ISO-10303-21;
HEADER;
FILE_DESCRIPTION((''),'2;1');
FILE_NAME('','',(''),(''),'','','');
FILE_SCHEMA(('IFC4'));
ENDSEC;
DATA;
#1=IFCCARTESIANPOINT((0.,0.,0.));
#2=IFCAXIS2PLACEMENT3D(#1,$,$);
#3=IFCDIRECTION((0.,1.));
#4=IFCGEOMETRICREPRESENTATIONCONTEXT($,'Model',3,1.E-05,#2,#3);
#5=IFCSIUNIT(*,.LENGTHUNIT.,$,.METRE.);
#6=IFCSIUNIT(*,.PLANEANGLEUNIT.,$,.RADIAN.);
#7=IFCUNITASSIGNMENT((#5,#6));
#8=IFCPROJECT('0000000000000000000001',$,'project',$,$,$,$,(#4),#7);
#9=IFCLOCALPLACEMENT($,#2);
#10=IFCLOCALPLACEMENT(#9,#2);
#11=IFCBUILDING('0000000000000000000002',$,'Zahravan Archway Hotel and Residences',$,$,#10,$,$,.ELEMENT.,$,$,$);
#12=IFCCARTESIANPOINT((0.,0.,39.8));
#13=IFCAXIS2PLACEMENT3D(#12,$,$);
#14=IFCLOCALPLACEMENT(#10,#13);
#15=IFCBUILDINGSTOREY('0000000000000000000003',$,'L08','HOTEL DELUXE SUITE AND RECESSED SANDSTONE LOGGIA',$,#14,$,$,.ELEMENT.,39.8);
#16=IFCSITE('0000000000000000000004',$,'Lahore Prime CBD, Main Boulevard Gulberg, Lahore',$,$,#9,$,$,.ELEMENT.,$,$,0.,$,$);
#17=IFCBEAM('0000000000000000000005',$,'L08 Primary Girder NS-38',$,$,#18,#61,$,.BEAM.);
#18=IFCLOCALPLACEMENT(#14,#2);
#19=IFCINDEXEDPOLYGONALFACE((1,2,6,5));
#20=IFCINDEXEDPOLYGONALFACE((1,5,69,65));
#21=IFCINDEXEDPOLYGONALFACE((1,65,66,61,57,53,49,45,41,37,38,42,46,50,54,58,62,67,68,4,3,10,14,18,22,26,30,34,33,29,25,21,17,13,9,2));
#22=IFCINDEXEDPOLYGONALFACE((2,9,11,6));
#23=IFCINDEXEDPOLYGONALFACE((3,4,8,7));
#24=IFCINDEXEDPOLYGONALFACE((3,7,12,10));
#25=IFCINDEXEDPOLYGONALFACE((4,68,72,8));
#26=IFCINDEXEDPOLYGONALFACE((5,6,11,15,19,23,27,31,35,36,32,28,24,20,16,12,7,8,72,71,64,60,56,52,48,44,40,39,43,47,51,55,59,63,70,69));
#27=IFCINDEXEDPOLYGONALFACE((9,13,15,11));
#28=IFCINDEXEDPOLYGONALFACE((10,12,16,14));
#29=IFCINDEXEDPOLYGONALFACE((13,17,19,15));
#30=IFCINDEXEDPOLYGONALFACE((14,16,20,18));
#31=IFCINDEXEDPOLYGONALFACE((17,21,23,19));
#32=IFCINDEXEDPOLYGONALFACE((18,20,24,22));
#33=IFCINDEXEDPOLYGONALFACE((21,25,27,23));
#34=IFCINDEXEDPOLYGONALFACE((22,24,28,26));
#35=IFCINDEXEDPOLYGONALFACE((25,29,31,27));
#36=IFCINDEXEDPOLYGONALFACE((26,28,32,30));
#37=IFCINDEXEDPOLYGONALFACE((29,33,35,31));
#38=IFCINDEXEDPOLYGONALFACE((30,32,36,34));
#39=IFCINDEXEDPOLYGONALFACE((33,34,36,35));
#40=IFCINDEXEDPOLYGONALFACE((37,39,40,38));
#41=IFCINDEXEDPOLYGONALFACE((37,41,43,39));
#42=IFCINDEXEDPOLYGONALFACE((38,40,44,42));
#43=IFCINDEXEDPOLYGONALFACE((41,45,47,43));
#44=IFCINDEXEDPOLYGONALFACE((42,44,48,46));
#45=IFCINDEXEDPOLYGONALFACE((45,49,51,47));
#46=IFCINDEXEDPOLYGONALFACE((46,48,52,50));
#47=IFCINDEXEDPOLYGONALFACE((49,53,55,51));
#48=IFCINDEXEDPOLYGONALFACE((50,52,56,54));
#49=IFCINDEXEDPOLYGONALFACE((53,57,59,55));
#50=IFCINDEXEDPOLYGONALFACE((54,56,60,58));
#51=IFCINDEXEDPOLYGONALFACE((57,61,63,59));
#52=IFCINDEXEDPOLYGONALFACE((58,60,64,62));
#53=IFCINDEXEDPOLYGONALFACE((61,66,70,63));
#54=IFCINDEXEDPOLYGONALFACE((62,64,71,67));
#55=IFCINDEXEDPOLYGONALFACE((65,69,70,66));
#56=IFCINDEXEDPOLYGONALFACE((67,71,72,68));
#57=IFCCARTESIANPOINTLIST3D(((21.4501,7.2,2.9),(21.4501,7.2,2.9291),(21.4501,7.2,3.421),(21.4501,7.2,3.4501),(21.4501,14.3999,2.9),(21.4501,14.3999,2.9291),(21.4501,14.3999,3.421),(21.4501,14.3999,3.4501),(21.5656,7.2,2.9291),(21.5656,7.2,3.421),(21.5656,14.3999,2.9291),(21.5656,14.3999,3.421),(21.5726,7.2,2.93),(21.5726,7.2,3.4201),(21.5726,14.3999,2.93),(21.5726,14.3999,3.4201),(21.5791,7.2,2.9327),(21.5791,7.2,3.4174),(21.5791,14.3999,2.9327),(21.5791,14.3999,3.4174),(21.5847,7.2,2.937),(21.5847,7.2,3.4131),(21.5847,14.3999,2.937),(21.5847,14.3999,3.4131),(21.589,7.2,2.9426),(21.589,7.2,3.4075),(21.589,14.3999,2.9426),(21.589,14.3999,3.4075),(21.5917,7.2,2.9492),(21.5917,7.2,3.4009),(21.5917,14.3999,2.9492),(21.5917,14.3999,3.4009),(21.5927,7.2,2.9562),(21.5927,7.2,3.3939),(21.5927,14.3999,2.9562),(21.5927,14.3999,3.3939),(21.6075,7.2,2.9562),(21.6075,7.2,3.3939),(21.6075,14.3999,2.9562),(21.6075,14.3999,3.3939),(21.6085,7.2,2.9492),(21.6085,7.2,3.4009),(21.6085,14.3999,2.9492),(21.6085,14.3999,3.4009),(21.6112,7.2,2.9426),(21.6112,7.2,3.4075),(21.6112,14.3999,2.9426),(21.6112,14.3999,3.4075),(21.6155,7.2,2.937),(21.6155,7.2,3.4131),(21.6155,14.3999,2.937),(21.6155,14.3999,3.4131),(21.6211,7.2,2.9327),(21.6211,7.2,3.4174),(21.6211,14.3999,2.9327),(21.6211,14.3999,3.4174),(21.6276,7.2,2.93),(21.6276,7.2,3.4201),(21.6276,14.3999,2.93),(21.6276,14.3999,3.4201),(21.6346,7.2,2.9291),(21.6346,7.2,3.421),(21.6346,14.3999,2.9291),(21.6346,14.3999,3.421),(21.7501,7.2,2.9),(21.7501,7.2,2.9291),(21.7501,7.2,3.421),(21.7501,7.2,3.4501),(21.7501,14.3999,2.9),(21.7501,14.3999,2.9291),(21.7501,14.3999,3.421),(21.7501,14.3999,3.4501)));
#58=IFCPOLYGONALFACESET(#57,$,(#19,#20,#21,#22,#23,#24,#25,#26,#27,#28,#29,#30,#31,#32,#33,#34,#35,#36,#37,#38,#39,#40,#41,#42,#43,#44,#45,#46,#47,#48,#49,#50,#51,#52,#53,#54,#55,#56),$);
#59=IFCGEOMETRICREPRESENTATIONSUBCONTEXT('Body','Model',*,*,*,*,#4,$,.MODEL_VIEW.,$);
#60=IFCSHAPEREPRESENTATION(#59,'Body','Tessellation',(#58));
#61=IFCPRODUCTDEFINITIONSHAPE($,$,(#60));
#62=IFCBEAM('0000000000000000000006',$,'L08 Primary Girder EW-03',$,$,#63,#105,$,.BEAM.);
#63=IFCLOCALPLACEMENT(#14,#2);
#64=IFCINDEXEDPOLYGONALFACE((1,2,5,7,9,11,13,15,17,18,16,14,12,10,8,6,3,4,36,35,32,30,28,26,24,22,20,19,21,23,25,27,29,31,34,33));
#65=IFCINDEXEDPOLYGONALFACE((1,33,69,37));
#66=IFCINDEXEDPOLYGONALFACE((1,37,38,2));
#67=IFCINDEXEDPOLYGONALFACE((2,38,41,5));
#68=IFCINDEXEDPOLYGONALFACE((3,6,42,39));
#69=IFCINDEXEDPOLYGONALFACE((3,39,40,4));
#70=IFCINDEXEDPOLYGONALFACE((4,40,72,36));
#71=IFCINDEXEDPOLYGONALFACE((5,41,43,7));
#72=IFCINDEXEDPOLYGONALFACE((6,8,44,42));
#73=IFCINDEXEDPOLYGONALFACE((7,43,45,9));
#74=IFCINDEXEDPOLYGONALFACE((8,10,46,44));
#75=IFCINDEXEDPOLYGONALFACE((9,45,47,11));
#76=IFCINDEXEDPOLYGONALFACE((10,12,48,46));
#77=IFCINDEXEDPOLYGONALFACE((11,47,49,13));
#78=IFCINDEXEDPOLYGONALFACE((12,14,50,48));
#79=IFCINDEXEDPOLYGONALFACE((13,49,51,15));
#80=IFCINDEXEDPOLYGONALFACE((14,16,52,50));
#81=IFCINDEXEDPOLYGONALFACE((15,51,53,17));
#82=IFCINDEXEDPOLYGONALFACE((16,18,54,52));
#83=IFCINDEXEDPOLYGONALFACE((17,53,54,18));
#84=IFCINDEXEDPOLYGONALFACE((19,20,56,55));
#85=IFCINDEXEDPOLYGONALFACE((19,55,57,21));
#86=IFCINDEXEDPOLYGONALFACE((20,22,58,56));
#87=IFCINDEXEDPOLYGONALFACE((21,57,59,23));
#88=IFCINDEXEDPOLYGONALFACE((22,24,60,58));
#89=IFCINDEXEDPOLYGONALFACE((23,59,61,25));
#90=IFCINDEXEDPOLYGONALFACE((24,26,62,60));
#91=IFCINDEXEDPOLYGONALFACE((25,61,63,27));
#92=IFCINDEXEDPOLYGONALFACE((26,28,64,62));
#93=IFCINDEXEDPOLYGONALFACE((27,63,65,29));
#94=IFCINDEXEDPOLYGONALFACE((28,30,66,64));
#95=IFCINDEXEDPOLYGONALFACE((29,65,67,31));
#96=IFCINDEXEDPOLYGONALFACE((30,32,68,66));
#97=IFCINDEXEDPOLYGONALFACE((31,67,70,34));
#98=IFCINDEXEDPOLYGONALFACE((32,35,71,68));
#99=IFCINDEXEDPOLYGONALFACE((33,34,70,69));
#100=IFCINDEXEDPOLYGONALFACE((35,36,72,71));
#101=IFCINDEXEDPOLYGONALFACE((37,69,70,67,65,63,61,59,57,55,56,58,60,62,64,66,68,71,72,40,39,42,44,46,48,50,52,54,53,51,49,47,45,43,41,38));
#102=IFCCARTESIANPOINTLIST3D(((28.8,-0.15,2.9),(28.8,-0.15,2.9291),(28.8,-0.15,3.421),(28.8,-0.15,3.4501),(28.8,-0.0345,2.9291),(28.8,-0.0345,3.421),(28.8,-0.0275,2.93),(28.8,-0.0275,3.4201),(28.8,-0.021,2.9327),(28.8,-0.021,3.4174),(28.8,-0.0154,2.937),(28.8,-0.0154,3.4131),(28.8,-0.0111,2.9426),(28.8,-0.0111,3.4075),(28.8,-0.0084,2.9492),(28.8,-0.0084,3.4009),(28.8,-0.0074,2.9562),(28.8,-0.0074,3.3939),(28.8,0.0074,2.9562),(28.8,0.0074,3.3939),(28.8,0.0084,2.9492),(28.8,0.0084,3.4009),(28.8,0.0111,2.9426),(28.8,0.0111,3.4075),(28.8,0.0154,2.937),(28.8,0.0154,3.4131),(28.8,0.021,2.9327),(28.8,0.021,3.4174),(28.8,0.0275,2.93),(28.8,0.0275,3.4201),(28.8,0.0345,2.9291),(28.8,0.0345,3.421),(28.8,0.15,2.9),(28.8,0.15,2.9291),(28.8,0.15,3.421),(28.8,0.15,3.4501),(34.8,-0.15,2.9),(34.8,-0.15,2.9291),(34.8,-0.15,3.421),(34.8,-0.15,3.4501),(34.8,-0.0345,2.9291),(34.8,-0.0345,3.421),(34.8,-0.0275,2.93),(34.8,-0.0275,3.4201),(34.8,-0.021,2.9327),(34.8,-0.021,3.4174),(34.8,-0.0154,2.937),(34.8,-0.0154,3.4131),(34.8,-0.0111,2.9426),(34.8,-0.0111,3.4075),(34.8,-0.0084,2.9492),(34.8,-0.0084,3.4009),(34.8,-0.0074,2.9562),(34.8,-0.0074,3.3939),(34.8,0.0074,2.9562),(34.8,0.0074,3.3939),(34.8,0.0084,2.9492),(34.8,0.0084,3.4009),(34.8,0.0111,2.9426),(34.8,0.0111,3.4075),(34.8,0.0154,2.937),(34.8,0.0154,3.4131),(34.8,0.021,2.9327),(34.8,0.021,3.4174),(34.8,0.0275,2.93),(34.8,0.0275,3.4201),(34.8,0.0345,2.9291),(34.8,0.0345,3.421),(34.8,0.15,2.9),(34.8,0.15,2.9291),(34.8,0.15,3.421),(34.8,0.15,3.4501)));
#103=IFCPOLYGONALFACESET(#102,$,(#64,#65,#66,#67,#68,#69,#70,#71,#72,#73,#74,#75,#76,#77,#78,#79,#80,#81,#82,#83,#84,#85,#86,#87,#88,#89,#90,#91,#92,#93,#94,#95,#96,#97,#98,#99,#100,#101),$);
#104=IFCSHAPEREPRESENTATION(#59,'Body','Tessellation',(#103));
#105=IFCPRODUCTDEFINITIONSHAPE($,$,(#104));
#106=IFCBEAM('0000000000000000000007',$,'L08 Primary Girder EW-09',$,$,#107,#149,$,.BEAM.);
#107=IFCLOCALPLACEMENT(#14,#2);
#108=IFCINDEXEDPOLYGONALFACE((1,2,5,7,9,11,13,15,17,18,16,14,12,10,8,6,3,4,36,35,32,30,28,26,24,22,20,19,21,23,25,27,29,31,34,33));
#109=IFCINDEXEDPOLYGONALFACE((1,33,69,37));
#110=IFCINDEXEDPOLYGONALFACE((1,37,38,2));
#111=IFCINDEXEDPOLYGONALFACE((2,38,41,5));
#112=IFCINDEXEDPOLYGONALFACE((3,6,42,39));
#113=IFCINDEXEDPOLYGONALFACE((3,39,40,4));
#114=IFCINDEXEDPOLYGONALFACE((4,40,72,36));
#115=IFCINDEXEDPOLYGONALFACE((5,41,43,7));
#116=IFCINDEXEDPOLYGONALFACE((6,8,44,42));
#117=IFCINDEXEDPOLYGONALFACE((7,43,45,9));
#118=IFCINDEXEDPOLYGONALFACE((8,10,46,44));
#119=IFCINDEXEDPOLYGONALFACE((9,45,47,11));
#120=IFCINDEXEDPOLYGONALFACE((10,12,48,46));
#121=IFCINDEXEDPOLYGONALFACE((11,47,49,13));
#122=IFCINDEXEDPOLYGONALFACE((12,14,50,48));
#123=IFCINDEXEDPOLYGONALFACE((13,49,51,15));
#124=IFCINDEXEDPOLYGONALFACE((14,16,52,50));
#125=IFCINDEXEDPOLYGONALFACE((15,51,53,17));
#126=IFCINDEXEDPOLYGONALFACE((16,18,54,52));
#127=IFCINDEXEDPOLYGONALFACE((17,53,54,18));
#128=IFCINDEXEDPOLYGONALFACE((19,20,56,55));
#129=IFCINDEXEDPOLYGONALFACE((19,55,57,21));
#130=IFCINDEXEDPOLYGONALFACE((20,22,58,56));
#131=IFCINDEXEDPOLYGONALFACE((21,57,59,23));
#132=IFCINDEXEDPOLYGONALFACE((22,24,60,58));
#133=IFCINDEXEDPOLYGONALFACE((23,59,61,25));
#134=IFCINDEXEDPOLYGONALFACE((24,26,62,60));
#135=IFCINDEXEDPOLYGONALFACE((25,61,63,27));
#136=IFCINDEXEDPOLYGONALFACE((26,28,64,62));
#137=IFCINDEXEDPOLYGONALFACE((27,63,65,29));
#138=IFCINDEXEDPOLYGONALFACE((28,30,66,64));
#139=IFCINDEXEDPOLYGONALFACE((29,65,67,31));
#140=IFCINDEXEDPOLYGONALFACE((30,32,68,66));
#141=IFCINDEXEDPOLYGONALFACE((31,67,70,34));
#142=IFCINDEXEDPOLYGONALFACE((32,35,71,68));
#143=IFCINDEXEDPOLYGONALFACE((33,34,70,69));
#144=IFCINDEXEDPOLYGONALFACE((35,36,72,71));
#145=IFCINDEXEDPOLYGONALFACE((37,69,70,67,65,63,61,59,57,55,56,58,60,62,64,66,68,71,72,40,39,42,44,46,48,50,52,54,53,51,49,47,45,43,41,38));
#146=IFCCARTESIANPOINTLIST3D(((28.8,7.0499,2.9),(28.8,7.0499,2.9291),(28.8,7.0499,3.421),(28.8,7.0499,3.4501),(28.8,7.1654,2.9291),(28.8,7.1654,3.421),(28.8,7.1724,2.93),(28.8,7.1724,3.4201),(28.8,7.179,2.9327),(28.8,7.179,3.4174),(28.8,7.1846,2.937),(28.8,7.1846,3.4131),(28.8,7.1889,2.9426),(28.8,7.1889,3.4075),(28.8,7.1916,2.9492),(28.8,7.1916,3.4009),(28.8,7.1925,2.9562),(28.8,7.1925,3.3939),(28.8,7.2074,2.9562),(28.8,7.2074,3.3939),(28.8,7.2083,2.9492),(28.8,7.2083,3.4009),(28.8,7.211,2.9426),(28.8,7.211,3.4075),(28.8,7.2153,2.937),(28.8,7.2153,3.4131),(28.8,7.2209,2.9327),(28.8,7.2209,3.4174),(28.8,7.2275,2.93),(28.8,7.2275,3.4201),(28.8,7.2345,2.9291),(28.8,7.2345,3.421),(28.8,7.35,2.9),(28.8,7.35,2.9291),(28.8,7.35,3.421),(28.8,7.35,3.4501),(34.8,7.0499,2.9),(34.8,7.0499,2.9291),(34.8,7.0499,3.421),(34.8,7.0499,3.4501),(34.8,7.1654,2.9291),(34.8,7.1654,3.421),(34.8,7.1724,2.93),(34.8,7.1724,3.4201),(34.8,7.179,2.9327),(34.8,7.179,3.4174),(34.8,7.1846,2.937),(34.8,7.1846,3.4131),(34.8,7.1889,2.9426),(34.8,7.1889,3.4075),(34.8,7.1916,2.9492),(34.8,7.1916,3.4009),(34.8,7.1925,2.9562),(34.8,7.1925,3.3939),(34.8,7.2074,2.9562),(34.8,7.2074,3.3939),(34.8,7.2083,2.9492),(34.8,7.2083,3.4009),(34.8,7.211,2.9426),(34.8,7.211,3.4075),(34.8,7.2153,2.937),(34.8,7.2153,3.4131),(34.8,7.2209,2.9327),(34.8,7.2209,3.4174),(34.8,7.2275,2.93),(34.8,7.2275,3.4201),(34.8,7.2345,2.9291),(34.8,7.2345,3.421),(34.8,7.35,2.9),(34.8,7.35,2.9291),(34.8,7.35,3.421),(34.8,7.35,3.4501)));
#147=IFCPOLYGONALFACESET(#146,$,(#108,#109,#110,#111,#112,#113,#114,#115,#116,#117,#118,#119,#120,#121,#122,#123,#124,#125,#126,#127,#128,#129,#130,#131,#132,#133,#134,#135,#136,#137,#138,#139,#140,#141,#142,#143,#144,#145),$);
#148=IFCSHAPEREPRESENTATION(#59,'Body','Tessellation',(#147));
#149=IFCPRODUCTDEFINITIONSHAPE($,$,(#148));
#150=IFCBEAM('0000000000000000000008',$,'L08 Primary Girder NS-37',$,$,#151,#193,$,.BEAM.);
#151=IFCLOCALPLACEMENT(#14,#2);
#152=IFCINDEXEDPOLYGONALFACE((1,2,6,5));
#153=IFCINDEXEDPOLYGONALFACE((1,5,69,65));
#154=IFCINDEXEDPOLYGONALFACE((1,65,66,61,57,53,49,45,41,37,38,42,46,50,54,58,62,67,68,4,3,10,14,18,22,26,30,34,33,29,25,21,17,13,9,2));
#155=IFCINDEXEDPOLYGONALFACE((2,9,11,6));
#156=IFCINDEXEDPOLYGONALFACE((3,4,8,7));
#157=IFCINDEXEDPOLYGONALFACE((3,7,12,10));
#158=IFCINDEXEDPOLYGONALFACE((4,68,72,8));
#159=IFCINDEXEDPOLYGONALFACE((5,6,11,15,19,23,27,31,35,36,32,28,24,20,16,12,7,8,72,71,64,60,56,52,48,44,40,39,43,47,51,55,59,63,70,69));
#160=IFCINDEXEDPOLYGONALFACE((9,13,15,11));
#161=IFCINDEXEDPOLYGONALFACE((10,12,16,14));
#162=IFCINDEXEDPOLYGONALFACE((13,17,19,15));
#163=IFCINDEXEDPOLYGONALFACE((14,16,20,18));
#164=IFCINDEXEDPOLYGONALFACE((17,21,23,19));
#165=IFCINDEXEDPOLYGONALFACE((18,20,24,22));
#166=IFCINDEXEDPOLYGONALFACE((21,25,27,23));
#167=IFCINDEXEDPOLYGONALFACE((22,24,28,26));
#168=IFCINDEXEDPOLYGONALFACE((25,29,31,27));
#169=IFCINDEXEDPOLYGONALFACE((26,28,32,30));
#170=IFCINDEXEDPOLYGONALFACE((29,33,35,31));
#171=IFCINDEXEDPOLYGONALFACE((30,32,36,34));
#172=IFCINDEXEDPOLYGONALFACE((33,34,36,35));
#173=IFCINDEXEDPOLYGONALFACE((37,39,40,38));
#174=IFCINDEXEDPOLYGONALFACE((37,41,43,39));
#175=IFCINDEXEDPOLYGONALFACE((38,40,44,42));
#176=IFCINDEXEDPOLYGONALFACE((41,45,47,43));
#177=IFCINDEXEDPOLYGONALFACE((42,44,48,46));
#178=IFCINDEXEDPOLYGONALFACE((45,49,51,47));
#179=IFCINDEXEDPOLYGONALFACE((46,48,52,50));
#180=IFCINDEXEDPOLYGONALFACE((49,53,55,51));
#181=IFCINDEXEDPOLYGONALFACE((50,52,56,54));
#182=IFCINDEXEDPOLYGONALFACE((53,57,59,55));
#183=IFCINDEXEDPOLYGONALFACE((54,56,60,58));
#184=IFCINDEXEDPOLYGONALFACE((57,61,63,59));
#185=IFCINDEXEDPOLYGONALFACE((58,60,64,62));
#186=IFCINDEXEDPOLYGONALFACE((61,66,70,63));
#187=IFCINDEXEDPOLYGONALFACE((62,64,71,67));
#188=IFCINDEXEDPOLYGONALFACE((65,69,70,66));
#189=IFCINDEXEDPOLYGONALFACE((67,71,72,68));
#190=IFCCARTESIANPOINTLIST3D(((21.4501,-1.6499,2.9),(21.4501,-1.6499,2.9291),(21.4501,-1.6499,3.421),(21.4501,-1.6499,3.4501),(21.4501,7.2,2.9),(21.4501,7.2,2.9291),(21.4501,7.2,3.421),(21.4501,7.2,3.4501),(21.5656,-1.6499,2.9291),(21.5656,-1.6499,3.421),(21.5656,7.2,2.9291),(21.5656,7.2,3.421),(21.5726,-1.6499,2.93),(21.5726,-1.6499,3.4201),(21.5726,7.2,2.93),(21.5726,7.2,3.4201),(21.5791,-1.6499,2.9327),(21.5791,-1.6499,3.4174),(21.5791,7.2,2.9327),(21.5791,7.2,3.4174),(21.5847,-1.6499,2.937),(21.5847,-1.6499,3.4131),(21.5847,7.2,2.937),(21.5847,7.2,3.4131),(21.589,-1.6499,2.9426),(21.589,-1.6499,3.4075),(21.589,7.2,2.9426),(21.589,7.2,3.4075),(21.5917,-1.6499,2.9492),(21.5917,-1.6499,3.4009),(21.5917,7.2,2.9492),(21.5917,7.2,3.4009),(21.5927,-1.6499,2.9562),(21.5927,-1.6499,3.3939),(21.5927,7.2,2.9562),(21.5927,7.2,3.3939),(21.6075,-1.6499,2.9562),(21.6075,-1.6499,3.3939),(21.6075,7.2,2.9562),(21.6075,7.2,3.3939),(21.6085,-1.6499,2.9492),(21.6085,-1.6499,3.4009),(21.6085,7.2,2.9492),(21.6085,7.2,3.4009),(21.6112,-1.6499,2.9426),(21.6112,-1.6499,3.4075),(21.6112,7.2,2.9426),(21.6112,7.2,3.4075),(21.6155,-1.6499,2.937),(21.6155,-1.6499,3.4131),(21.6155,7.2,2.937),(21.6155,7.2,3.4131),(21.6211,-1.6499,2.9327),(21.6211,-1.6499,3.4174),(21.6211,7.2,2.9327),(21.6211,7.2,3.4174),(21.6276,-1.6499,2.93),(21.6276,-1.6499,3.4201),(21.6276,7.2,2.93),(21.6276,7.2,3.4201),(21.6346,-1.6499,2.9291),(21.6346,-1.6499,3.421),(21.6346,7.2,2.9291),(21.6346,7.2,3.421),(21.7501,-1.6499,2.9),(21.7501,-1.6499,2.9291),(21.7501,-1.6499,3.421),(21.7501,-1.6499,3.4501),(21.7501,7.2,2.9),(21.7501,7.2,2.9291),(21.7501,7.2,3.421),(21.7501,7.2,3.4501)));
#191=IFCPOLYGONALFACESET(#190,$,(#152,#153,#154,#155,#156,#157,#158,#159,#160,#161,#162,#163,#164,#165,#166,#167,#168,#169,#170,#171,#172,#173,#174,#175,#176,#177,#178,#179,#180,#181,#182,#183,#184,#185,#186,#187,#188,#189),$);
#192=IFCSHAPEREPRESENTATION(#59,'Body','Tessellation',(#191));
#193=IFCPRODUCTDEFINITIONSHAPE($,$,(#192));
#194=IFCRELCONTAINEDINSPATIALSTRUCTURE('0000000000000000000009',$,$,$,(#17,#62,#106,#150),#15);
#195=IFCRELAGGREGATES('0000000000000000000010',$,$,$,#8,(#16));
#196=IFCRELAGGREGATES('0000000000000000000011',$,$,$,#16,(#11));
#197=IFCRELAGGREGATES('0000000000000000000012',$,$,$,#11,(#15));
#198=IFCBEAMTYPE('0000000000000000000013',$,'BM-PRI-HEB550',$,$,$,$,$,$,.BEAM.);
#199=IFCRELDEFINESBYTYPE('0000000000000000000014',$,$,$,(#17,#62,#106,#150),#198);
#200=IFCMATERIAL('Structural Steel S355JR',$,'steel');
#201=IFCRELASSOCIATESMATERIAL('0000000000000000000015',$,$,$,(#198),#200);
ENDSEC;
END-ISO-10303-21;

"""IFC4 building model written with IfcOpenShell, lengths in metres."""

from ifc_helpers import new_model, si_unit, direction, frame, origin, origin_2d, place, context, subcontext, project, spatial, i_section, extrude, source, transform, mapped, material, material_profile, profile_set, type_object, element, save


model = new_model("IFC4")

# Units and contexts
model_context = context("Model", 3, precision=1e-05, world=origin(), true_north=direction((0.0, 1.0)))
body_context = subcontext(model_context, "Body", "Model", "MODEL_VIEW")
ifc_project = project(units=[si_unit("LENGTHUNIT", "METRE"), si_unit("PLANEANGLEUNIT", "RADIAN")], contexts=[model_context])

# Site, building, storey
site_placement = place(None, origin())
site = spatial("IfcSite", under=ifc_project, at=site_placement, Name="Lahore Prime CBD, Main Boulevard Gulberg, Lahore", CompositionType="ELEMENT", RefElevation=0.0)
building_placement = place(site_placement, origin())
building = spatial("IfcBuilding", under=site, at=building_placement, Name="Zahravan Archway Hotel and Residences", CompositionType="ELEMENT")
storey_placement = place(building_placement, frame((0.0, 0.0, 39.8)))
storey = spatial("IfcBuildingStorey", under=building, at=storey_placement, Name="L08", Description="HOTEL DELUXE SUITE AND RECESSED SANDSTONE LOGGIA", CompositionType="ELEMENT", Elevation=39.8)

# Beams
ifc_material_1 = material(Name="Structural Steel S355JR", Category="steel")
ifc_material_profile_1 = material_profile(ifc_material_1, i_section(OverallWidth=0.3, OverallDepth=0.55, WebThickness=0.0149, FlangeThickness=0.0291, FilletRadius=0.0271, at=origin_2d()), Name="HEB 550", Category="steel")
ifc_profile_set_1 = profile_set([ifc_material_profile_1], Name="Structural Steel S355JR")
beam_type_1 = type_object("IfcBeamType", Name="BM-PRI-HEB550", PredefinedType="BEAM", material=ifc_profile_set_1)
shared_shape_1 = source(origin(), body_context, "Body", "SweptSolid", [
    extrude(i_section(OverallWidth=0.3, OverallDepth=0.55, WebThickness=0.0149, FlangeThickness=0.0291, FilletRadius=0.0271, at=origin_2d()), origin(), (0.0, 0.0, 1.0), 7.2),
])
for number, where, z_axis, x_axis, name in (
    (1, (21.6001, 7.2, 3.175), (0.0, 1.0, 0.0), (-1.0, 0.0, 0.0), "L08 Primary Girder NS-38"),
):
    element("IfcBeam", number, at=place(storey_placement, frame(where, z_axis=z_axis, x_axis=x_axis)), inside=storey, type_object=beam_type_1, Name=name, PredefinedType="BEAM", context=body_context, shape_type="MappedRepresentation", body=[
        mapped(shared_shape_1, transform((0.0, 0.0, 0.0), scale=1.0)),
    ])
shared_shape_2 = source(origin(), body_context, "Body", "SweptSolid", [
    extrude(i_section(OverallWidth=0.3, OverallDepth=0.55, WebThickness=0.0149, FlangeThickness=0.0291, FilletRadius=0.0271, at=origin_2d()), origin(), (0.0, 0.0, 1.0), 6.0),
])
for number, where, z_axis, x_axis, name in (
    (2, (28.8, 0.0, 3.175), (1.0, 0.0, 0.0), (0.0, 1.0, 0.0), "L08 Primary Girder EW-03"),
    (3, (28.8, 7.2, 3.175), (1.0, 0.0, 0.0), (0.0, 1.0, 0.0), "L08 Primary Girder EW-09"),
):
    element("IfcBeam", number, at=place(storey_placement, frame(where, z_axis=z_axis, x_axis=x_axis)), inside=storey, type_object=beam_type_1, Name=name, PredefinedType="BEAM", context=body_context, shape_type="MappedRepresentation", body=[
        mapped(shared_shape_2, transform((0.0, 0.0, 0.0), scale=1.0)),
    ])
shared_shape_3 = source(origin(), body_context, "Body", "SweptSolid", [
    extrude(i_section(OverallWidth=0.3, OverallDepth=0.55, WebThickness=0.0149, FlangeThickness=0.0291, FilletRadius=0.0271, at=origin_2d()), origin(), (0.0, 0.0, 1.0), 8.8499),
])
for number, where, z_axis, x_axis, name in (
    (4, (21.6001, -1.6499, 3.175), (0.0, 1.0, 0.0), (-1.0, 0.0, 0.0), "L08 Primary Girder NS-37"),
):
    element("IfcBeam", number, at=place(storey_placement, frame(where, z_axis=z_axis, x_axis=x_axis)), inside=storey, type_object=beam_type_1, Name=name, PredefinedType="BEAM", context=body_context, shape_type="MappedRepresentation", body=[
        mapped(shared_shape_3, transform((0.0, 0.0, 0.0), scale=1.0)),
    ])

save(model, "model.ifc")
